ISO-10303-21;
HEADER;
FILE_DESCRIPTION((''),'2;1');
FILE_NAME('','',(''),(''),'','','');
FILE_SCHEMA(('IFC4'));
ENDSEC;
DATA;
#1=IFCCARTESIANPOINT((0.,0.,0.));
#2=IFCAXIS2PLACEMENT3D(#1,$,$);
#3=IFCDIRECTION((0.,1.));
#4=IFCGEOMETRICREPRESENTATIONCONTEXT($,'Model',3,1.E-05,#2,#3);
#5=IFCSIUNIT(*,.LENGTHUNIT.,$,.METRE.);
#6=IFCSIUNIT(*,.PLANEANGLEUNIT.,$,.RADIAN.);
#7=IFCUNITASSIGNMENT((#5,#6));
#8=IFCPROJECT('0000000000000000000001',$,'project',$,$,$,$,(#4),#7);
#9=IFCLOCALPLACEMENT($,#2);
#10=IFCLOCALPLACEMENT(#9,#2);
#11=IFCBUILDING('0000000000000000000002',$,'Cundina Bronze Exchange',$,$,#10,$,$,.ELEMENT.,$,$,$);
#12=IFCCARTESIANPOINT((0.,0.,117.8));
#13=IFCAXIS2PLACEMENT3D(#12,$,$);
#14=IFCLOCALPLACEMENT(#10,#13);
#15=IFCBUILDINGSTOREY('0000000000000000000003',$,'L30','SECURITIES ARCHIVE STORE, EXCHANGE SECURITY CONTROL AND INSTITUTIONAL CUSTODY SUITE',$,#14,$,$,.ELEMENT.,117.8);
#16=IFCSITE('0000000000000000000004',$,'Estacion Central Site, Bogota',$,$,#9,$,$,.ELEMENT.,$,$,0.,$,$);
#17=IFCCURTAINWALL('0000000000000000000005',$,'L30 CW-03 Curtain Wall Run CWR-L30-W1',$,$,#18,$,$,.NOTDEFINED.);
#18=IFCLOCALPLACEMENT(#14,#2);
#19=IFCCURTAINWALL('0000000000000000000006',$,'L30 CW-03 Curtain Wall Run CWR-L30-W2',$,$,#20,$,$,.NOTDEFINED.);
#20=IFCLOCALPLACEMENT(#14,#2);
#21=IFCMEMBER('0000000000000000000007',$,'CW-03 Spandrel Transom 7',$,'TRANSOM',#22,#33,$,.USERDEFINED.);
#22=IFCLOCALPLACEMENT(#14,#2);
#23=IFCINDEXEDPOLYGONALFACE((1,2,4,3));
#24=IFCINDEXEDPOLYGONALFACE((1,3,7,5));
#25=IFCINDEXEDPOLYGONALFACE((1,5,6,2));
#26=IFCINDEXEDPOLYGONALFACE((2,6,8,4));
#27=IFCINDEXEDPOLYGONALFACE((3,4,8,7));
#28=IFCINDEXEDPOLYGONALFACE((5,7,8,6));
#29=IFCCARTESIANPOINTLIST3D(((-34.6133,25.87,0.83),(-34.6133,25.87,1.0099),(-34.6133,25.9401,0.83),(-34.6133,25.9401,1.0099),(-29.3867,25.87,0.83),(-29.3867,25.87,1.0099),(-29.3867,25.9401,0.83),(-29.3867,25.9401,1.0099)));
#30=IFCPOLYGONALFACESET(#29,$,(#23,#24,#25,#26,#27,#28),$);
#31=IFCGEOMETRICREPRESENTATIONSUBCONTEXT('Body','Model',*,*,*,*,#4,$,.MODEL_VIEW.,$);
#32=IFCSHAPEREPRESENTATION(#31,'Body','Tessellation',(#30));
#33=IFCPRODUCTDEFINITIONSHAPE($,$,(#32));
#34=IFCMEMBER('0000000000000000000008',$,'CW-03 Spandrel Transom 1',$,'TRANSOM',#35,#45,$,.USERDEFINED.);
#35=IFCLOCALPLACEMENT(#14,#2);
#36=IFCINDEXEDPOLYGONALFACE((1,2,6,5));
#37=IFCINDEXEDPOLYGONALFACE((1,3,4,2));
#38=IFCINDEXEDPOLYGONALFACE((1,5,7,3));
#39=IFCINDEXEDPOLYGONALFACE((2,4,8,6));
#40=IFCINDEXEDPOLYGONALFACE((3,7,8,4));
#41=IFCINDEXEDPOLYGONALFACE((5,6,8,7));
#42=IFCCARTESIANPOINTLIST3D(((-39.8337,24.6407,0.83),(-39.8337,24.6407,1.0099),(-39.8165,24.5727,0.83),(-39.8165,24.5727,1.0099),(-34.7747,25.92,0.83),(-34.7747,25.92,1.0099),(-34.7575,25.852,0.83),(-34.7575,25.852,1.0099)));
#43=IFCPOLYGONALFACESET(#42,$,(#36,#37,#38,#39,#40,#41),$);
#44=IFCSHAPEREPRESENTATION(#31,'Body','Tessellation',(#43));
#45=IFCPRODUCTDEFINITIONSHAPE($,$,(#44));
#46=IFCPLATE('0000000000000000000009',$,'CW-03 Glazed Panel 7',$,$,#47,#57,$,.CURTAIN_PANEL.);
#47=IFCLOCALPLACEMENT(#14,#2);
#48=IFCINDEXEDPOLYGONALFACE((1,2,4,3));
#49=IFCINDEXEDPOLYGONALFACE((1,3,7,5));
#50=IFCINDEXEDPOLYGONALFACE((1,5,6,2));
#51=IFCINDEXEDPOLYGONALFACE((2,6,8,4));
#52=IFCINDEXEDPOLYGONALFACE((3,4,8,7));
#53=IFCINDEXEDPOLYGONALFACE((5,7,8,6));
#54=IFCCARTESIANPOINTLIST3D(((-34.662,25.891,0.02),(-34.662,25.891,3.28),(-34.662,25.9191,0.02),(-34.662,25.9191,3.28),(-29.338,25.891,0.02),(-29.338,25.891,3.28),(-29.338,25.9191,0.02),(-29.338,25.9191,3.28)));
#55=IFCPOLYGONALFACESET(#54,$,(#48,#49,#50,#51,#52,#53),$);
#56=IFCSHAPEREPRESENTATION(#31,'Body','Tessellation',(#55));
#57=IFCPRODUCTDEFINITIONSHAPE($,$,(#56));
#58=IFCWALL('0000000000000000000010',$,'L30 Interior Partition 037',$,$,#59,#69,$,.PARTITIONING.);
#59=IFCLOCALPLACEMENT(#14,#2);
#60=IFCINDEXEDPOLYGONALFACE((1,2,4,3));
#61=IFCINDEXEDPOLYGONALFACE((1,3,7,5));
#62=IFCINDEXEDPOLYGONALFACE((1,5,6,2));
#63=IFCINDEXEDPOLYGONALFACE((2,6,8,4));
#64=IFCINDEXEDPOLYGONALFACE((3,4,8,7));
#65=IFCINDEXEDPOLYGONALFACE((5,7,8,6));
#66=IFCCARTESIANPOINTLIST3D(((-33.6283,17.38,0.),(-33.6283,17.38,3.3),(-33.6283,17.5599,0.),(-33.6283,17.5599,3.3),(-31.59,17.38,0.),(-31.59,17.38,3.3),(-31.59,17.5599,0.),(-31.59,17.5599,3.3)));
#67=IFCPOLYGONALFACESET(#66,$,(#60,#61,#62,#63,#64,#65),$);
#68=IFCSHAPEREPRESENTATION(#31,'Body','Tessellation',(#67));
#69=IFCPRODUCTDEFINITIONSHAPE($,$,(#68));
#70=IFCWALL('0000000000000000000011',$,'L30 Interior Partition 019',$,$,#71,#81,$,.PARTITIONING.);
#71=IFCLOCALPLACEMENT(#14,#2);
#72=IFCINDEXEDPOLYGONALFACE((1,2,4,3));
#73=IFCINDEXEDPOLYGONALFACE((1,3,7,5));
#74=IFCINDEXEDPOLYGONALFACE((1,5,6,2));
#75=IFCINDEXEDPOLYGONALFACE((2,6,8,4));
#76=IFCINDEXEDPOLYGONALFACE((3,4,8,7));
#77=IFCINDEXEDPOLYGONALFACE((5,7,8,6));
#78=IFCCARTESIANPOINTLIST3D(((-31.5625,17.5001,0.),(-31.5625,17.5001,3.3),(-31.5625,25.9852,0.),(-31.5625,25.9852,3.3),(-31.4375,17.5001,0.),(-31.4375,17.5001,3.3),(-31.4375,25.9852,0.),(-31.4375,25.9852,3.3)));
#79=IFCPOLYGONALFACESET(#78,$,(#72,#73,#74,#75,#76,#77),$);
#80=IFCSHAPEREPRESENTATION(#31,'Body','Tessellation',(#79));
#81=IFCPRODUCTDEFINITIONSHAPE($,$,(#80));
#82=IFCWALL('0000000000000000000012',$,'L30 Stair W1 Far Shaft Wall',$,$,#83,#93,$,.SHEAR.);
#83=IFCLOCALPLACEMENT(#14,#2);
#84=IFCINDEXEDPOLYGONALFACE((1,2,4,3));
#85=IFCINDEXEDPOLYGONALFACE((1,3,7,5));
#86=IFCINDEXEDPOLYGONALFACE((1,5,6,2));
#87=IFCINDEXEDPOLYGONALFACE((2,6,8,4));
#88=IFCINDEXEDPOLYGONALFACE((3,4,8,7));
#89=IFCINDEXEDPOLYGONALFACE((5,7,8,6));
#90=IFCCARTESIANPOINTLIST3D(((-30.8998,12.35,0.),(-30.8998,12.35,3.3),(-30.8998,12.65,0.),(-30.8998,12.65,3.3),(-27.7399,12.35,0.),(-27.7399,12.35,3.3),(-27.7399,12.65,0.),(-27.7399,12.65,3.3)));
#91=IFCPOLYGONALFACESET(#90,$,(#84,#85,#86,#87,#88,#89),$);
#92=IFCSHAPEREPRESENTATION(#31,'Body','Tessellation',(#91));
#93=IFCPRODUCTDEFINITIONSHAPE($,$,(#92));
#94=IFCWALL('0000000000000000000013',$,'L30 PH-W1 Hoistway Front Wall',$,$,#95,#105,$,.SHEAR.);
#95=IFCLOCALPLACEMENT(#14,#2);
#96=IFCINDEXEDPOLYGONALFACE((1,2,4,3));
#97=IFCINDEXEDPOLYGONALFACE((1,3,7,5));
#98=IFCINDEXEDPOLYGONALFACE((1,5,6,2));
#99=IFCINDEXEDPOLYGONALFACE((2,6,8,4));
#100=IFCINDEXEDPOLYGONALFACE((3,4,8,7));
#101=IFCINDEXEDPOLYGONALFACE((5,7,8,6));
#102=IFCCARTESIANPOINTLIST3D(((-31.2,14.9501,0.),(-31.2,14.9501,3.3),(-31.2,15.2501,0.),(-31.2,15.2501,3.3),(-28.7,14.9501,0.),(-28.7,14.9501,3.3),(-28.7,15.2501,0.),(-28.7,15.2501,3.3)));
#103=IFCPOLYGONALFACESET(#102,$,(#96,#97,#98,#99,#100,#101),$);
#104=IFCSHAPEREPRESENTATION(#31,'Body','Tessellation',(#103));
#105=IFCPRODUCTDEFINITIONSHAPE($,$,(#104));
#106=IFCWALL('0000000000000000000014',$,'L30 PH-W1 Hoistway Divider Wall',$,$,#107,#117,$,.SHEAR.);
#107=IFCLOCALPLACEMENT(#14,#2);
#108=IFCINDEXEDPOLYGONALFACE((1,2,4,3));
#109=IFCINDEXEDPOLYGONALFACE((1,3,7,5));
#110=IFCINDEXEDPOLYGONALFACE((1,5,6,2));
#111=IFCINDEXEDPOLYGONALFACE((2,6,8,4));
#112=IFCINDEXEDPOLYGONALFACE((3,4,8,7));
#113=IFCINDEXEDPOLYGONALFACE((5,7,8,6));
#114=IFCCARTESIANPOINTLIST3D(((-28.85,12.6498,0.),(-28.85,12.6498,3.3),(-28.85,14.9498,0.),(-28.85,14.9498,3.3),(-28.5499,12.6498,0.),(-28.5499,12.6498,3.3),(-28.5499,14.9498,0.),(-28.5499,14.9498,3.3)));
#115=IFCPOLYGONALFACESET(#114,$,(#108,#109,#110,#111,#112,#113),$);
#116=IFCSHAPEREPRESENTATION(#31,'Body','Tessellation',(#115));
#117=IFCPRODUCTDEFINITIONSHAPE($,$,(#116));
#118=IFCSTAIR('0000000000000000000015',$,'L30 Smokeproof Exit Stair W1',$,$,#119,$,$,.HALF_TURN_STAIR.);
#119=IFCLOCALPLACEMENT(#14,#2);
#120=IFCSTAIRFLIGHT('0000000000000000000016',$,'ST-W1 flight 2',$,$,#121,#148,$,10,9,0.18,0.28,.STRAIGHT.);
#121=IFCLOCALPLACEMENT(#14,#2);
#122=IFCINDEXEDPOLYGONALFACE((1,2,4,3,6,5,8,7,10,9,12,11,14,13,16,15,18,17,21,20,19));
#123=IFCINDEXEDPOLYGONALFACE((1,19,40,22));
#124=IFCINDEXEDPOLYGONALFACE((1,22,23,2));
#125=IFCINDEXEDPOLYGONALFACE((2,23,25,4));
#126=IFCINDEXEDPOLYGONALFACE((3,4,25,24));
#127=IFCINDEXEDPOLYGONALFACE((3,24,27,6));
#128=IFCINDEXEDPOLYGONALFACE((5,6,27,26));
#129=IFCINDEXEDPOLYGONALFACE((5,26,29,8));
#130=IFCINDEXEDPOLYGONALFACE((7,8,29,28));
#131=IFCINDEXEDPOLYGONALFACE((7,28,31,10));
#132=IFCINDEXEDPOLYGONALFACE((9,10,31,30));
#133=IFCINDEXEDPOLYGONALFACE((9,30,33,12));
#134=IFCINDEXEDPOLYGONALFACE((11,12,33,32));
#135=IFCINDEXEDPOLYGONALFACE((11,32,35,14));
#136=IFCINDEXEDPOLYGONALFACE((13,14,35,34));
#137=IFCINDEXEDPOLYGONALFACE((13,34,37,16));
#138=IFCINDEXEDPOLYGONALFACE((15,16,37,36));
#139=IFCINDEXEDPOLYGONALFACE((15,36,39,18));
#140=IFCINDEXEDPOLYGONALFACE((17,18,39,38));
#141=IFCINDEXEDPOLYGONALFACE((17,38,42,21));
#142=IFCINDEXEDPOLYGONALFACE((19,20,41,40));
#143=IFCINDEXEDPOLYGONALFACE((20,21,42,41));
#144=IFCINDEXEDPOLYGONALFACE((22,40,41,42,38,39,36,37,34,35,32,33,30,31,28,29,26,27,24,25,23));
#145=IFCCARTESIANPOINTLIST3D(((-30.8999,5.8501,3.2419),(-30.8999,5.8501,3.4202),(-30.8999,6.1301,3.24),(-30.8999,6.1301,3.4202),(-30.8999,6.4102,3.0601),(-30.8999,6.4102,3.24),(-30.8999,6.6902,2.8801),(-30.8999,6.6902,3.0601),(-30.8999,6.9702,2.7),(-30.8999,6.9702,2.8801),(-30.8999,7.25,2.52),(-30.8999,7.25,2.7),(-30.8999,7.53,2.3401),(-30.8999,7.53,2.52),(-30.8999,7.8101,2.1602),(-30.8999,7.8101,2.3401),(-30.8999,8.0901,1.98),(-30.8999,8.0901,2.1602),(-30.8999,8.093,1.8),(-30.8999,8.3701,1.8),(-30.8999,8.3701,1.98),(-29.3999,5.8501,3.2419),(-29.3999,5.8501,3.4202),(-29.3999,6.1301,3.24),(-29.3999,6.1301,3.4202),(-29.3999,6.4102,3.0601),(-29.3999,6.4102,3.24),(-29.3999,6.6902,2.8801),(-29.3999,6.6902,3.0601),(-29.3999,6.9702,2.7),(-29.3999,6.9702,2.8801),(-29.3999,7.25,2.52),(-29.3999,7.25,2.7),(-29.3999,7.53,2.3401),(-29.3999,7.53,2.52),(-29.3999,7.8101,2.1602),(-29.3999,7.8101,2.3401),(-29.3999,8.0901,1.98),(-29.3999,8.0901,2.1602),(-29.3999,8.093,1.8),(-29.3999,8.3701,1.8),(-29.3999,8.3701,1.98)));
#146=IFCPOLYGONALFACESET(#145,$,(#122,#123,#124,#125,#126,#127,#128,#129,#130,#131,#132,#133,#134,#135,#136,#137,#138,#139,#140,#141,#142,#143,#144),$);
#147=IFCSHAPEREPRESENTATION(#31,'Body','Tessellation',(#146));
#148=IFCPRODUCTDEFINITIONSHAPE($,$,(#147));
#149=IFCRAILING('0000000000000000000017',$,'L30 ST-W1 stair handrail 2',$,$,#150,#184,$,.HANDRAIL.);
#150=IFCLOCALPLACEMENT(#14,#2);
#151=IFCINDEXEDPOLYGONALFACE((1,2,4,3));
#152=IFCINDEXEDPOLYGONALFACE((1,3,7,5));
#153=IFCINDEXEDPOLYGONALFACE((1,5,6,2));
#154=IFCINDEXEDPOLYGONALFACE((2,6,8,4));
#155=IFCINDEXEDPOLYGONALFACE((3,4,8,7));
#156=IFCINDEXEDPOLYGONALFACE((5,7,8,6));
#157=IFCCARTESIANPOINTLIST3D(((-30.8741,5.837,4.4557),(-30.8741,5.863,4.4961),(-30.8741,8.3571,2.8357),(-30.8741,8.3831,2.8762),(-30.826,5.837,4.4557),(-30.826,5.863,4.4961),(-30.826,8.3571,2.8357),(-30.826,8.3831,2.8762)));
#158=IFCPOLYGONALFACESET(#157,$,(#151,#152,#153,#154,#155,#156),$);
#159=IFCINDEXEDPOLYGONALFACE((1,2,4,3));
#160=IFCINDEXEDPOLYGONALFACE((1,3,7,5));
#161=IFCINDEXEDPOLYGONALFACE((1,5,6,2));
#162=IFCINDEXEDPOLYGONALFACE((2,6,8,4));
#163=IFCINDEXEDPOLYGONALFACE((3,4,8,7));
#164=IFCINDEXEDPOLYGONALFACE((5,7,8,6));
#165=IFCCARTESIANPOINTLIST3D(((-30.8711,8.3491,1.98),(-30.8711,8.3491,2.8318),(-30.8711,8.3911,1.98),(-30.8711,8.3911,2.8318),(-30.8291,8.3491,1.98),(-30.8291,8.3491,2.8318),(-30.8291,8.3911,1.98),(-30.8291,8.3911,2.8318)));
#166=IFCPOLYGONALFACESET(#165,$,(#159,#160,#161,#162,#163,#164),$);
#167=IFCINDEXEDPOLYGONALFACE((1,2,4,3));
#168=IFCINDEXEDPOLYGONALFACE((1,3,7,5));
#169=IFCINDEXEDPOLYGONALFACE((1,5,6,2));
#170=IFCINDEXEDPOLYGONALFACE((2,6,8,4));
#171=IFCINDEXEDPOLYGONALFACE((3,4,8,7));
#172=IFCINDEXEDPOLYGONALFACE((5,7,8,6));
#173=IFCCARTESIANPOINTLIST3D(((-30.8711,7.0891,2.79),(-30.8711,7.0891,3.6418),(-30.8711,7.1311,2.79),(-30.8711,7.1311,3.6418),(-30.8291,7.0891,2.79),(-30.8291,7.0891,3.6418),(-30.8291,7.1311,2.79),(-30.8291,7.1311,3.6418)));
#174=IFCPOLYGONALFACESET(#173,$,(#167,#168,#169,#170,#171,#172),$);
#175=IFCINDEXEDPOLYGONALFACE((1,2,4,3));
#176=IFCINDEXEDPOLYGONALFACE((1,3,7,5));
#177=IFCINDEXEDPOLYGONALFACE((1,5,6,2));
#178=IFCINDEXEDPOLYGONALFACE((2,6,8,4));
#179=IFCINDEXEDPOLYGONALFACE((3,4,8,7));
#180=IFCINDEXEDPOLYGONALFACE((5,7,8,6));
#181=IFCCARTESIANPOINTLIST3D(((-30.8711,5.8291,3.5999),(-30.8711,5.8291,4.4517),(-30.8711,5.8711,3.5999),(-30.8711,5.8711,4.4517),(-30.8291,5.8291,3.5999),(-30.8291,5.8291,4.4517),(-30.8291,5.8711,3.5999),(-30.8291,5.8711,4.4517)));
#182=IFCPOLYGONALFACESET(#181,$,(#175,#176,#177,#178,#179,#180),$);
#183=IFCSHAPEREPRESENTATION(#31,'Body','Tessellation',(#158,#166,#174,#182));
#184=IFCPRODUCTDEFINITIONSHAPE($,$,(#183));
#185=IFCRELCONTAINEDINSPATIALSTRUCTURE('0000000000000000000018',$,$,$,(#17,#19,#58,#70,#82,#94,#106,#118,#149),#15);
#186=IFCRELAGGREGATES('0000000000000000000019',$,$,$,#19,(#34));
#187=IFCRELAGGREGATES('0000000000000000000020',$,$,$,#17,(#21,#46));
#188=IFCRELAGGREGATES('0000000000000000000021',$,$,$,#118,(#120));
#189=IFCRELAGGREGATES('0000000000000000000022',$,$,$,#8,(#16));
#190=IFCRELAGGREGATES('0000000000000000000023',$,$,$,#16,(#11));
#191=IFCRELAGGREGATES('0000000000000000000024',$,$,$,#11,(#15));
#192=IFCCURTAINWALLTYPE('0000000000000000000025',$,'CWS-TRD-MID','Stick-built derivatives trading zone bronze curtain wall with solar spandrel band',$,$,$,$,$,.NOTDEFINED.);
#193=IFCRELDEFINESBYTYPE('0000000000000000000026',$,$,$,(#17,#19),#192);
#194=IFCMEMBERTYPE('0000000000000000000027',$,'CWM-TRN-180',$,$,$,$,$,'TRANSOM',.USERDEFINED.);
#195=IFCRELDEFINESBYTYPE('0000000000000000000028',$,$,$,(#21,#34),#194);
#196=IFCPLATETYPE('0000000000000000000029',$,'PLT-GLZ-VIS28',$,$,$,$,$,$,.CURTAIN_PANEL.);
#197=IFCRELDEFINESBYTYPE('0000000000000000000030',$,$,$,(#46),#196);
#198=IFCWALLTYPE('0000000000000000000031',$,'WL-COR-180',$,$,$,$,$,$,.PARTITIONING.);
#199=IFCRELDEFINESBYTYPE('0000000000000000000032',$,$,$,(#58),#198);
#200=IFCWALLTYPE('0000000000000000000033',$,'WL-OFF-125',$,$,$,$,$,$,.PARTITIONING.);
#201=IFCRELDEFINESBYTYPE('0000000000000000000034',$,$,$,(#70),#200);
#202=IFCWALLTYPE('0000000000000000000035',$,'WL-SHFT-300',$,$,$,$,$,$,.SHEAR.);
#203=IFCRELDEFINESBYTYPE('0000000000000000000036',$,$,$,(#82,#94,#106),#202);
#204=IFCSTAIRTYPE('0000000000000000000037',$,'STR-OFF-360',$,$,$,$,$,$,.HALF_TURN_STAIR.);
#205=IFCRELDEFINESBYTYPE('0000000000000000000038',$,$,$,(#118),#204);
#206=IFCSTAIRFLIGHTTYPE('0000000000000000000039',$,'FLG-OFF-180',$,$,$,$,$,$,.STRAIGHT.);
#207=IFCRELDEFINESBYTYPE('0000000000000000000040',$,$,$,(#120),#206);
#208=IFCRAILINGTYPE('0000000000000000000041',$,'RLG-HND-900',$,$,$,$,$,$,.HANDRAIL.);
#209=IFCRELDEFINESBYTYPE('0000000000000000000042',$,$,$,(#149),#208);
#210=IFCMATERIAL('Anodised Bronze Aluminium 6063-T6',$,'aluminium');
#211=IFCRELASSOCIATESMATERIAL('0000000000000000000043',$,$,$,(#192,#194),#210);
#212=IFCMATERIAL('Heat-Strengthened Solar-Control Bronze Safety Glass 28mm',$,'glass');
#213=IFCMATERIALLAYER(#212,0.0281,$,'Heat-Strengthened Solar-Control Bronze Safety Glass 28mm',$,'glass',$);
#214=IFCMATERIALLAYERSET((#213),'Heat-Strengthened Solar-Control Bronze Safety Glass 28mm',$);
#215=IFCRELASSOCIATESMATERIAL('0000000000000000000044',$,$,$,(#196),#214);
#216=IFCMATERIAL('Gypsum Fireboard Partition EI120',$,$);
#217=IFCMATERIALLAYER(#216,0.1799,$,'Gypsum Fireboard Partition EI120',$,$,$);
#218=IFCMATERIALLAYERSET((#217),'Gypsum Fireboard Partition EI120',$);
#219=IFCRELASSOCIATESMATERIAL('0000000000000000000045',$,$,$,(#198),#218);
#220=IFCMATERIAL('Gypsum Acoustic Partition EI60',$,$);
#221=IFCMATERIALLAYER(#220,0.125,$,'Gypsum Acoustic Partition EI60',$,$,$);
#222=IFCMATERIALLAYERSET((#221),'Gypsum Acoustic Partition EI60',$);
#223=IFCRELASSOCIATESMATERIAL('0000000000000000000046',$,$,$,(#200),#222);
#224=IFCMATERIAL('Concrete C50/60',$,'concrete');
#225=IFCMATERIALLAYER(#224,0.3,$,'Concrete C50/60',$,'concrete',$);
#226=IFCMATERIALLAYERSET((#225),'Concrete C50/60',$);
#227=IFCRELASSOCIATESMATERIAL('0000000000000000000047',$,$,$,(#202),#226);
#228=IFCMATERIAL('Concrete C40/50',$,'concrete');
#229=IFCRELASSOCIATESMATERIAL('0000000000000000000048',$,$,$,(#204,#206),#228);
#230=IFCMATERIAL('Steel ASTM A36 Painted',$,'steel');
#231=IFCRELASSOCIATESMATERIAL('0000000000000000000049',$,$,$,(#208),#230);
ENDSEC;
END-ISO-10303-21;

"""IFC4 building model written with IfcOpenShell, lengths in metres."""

from ifc_helpers import new_model, si_unit, direction, frame, frame_2d, origin, origin_2d, place, context, subcontext, project, spatial, polyline, rectangle, outline, extrude, material, layer, layer_set, material_profile, profile_set, type_object, element, aggregate, save


model = new_model("IFC4")

# Units and contexts
model_context = context("Model", 3, precision=1e-05, world=origin(), true_north=direction((0.0, 1.0)))
body_context = subcontext(model_context, "Body", "Model", "MODEL_VIEW")
ifc_project = project(units=[si_unit("LENGTHUNIT", "METRE"), si_unit("PLANEANGLEUNIT", "RADIAN")], contexts=[model_context])

# Site, building, storey
site_placement = place(None, origin())
site = spatial("IfcSite", under=ifc_project, at=site_placement, Name="Estacion Central Site, Bogota", CompositionType="ELEMENT", RefElevation=0.0)
building_placement = place(site_placement, origin())
building = spatial("IfcBuilding", under=site, at=building_placement, Name="Cundina Bronze Exchange", CompositionType="ELEMENT")
storey_placement = place(building_placement, frame((0.0, 0.0, 117.8)))
storey = spatial("IfcBuildingStorey", under=building, at=storey_placement, Name="L30", Description="SECURITIES ARCHIVE STORE, EXCHANGE SECURITY CONTROL AND INSTITUTIONAL CUSTODY SUITE", CompositionType="ELEMENT", Elevation=117.8)

# Curtain wall
ifc_material_1 = material(Name="Anodised Bronze Aluminium 6063-T6", Category="aluminium")
curtain_wall_type = type_object("IfcCurtainWallType", Name="CWS-TRD-MID", Description="Stick-built derivatives trading zone bronze curtain wall with solar spandrel band", PredefinedType="NOTDEFINED", material=ifc_material_1)
curtain_wall_1_placement = place(storey_placement, origin())
curtain_wall_1 = element("IfcCurtainWall", 1, at=curtain_wall_1_placement, inside=storey, type_object=curtain_wall_type, Name="L30 CW-03 Curtain Wall Run CWR-L30-W1", PredefinedType="NOTDEFINED")

# Curtain wall
curtain_wall_2_placement = place(storey_placement, origin())
curtain_wall_2 = element("IfcCurtainWall", 2, at=curtain_wall_2_placement, inside=storey, type_object=curtain_wall_type, Name="L30 CW-03 Curtain Wall Run CWR-L30-W2", PredefinedType="NOTDEFINED")

# Members
ifc_material_profile_1 = material_profile(ifc_material_1, rectangle(XDim=0.0701, YDim=0.1799, at=origin_2d()), Name="AL70X180", Category="aluminium")
ifc_profile_set_1 = profile_set([ifc_material_profile_1], Name="Anodised Bronze Aluminium 6063-T6")
member_type_1 = type_object("IfcMemberType", Name="CWM-TRN-180", ElementType="TRANSOM", PredefinedType="USERDEFINED", material=ifc_profile_set_1)
member_1_placement = place(storey_placement, frame((-29.3867, 25.905, 0.9199), z_axis=(-1.0, 0.0, 0.0), x_axis=(0.0, -1.0, 0.0)))
member_1 = element("IfcMember", 3, at=member_1_placement, type_object=member_type_1, Name="CW-03 Spandrel Transom 7", ObjectType="TRANSOM", PredefinedType="USERDEFINED", context=body_context, shape_type="SweptSolid", body=[
    extrude(rectangle(XDim=0.0701, YDim=0.1799, at=origin_2d()), origin(), (0.0, 0.0, 1.0), 5.2266),
])
member_2_placement = place(storey_placement, frame((-34.7661, 25.886, 0.9199), z_axis=(-0.969484, -0.245155, 0.0), x_axis=(0.245155, -0.969484, 0.0)))
member_2 = element("IfcMember", 4, at=member_2_placement, type_object=member_type_1, Name="CW-03 Spandrel Transom 1", ObjectType="TRANSOM", PredefinedType="USERDEFINED", context=body_context, shape_type="SweptSolid", body=[
    extrude(rectangle(XDim=0.0701, YDim=0.1799, at=origin_2d()), origin(), (0.0, 0.0, 1.0), 5.2183),
])
aggregate(curtain_wall_2, [member_2])

# Plate
ifc_material_2 = material(Name="Heat-Strengthened Solar-Control Bronze Safety Glass 28mm", Category="glass")
ifc_layer_1 = layer(ifc_material_2, 0.0281, Name="Heat-Strengthened Solar-Control Bronze Safety Glass 28mm", Category="glass")
ifc_layer_set_1 = layer_set([ifc_layer_1], Name="Heat-Strengthened Solar-Control Bronze Safety Glass 28mm")
plate_type = type_object("IfcPlateType", Name="PLT-GLZ-VIS28", PredefinedType="CURTAIN_PANEL", material=ifc_layer_set_1)
plate_placement = place(storey_placement, frame((-32.0, 25.905, 0.02), z_axis=(0.0, 0.0, 1.0), x_axis=(-1.0, 0.0, 0.0)))
plate = element("IfcPlate", 5, at=plate_placement, type_object=plate_type, Name="CW-03 Glazed Panel 7", PredefinedType="CURTAIN_PANEL", context=body_context, shape_type="SweptSolid", body=[
    extrude(rectangle(XDim=5.324, YDim=0.0281, at=origin_2d()), origin(), (0.0, 0.0, 1.0), 3.26),
])
aggregate(curtain_wall_1, [member_1, plate])

# Shared definitions
ifc_material_3 = material(Name="Gypsum Fireboard Partition EI120")
ifc_layer_2 = layer(ifc_material_3, 0.1799, Name="Gypsum Fireboard Partition EI120")
ifc_layer_set_2 = layer_set([ifc_layer_2], Name="Gypsum Fireboard Partition EI120")
wall_type_1 = type_object("IfcWallType", Name="WL-COR-180", PredefinedType="PARTITIONING", material=ifc_layer_set_2)

# Walls
wall_1_placement = place(storey_placement, frame((-31.5901, 17.47, 0.0), z_axis=(0.0, 0.0, 1.0), x_axis=(-1.0, 0.0, 0.0)))
element("IfcWall", 6, at=wall_1_placement, inside=storey, type_object=wall_type_1, Name="L30 Interior Partition 037", PredefinedType="PARTITIONING", context=body_context, shape_type="SweptSolid", body=[
    extrude(rectangle(XDim=2.0383, YDim=0.1799, at=frame_2d((1.019, 0.0))), origin(), (0.0, 0.0, 1.0), 3.3),
])
ifc_material_4 = material(Name="Gypsum Acoustic Partition EI60")
ifc_layer_3 = layer(ifc_material_4, 0.125, Name="Gypsum Acoustic Partition EI60")
ifc_layer_set_3 = layer_set([ifc_layer_3], Name="Gypsum Acoustic Partition EI60")
wall_type_2 = type_object("IfcWallType", Name="WL-OFF-125", PredefinedType="PARTITIONING", material=ifc_layer_set_3)
wall_2_placement = place(storey_placement, frame((-31.5, 17.5, 0.0), z_axis=(0.0, 0.0, 1.0), x_axis=(0.0, 1.0, 0.0)))
element("IfcWall", 7, at=wall_2_placement, inside=storey, type_object=wall_type_2, Name="L30 Interior Partition 019", PredefinedType="PARTITIONING", context=body_context, shape_type="SweptSolid", body=[
    extrude(rectangle(XDim=8.4851, YDim=0.125, at=frame_2d((4.2427, 0.0))), origin(), (0.0, 0.0, 1.0), 3.3),
])

# Shared definitions
ifc_material_5 = material(Name="Concrete C50/60", Category="concrete")
ifc_layer_4 = layer(ifc_material_5, 0.3, Name="Concrete C50/60", Category="concrete")
ifc_layer_set_4 = layer_set([ifc_layer_4], Name="Concrete C50/60")
wall_type_3 = type_object("IfcWallType", Name="WL-SHFT-300", PredefinedType="SHEAR", material=ifc_layer_set_4)
ifc_material_6 = material(Name="Steel ASTM A36 Painted", Category="steel")

# Walls
wall_3_placement = place(storey_placement, frame((-30.8999, 12.5, 0.0), z_axis=(0.0, 0.0, 1.0), x_axis=(1.0, 0.0, 0.0)))
element("IfcWall", 8, at=wall_3_placement, inside=storey, type_object=wall_type_3, Name="L30 Stair W1 Far Shaft Wall", PredefinedType="SHEAR", context=body_context, shape_type="SweptSolid", body=[
    extrude(rectangle(XDim=3.1599, YDim=0.3, at=frame_2d((1.5801, 0.0))), origin(), (0.0, 0.0, 1.0), 3.3),
])
wall_4_placement = place(storey_placement, frame((-31.2, 15.1001, 0.0), z_axis=(0.0, 0.0, 1.0), x_axis=(1.0, 0.0, 0.0)))
element("IfcWall", 9, at=wall_4_placement, inside=storey, type_object=wall_type_3, Name="L30 PH-W1 Hoistway Front Wall", PredefinedType="SHEAR", context=body_context, shape_type="SweptSolid", body=[
    extrude(rectangle(XDim=2.5, YDim=0.3, at=frame_2d((1.25, 0.0))), origin(), (0.0, 0.0, 1.0), 3.3),
])
wall_5_placement = place(storey_placement, frame((-28.7, 12.6499, 0.0), z_axis=(0.0, 0.0, 1.0), x_axis=(0.0, 1.0, 0.0)))
element("IfcWall", 10, at=wall_5_placement, inside=storey, type_object=wall_type_3, Name="L30 PH-W1 Hoistway Divider Wall", PredefinedType="SHEAR", context=body_context, shape_type="SweptSolid", body=[
    extrude(rectangle(XDim=2.3, YDim=0.3, at=frame_2d((1.1499, 0.0))), origin(), (0.0, 0.0, 1.0), 3.3),
])

# Stair, stair flight
ifc_material_7 = material(Name="Concrete C40/50", Category="concrete")
stair_type = type_object("IfcStairType", Name="STR-OFF-360", PredefinedType="HALF_TURN_STAIR", material=ifc_material_7)
stair_placement = place(storey_placement, origin())
stair = element("IfcStair", 11, at=stair_placement, inside=storey, type_object=stair_type, Name="L30 Smokeproof Exit Stair W1", PredefinedType="HALF_TURN_STAIR")
stair_flight_type = type_object("IfcStairFlightType", Name="FLG-OFF-180", PredefinedType="STRAIGHT", material=ifc_material_7)
stair_flight_placement = place(storey_placement, frame((-30.1499, 8.3701, 1.8), z_axis=(0.0, 0.0, 1.0), x_axis=(0.0, -1.0, 0.0)))
stair_flight = element("IfcStairFlight", 12, at=stair_flight_placement, type_object=stair_flight_type, Name="ST-W1 flight 2", NumberOfRisers=10, NumberOfTreads=9, PredefinedType="STRAIGHT", RiserHeight=0.18, TreadLength=0.28, context=body_context, shape_type="SweptSolid", body=[
    extrude(outline(polyline([(0.0, 0.0), (0.0, 0.1799), (0.28, 0.1799), (0.28, 0.3601), (0.5601, 0.3601), (0.5601, 0.54), (0.8401, 0.54), (0.8401, 0.72), (1.1201, 0.72), (1.1201, 0.8999), (1.3999, 0.8999), (1.3999, 1.0801), (1.6799, 1.0801), (1.6799, 1.26), (1.96, 1.26), (1.96, 1.4399), (2.24, 1.4399), (2.24, 1.6201), (2.52, 1.6201), (2.52, 1.8), (2.52, 1.4419), (0.2771, 0.0), (0.0, 0.0)])), frame((0.0, 0.75, 0.0), z_axis=(0.0, -1.0, 0.0), x_axis=(1.0, 0.0, 0.0)), (0.0, 0.0, 1.0), 1.5),
])
aggregate(stair, [stair_flight])

# Railing
railing_type_1 = type_object("IfcRailingType", Name="RLG-HND-900", PredefinedType="HANDRAIL", material=ifc_material_6)
railing_1_placement = place(storey_placement, frame((-30.8501, 8.3701, 1.98)))
element("IfcRailing", 13, at=railing_1_placement, inside=storey, type_object=railing_type_1, Name="L30 ST-W1 stair handrail 2", PredefinedType="HANDRAIL", context=body_context, shape_type="SweptSolid", body=[
    extrude(rectangle(XDim=0.0481, YDim=0.0481, at=origin_2d()), frame((0.0, 0.0, 0.876), z_axis=(0.0, -0.8412, 0.540725), x_axis=(1.0, 0.0, 0.0)), (0.0, 0.0, 1.0), 2.9958),
    extrude(rectangle(XDim=0.042, YDim=0.042, at=origin_2d()), origin(), (0.0, 0.0, 1.0), 0.8518),
    extrude(rectangle(XDim=0.042, YDim=0.042, at=origin_2d()), frame((0.0, -1.26, 0.8101)), (0.0, 0.0, 1.0), 0.8518),
    extrude(rectangle(XDim=0.042, YDim=0.042, at=origin_2d()), frame((0.0, -2.52, 1.6199)), (0.0, 0.0, 1.0), 0.8518),
])

save(model, "model.ifc")
